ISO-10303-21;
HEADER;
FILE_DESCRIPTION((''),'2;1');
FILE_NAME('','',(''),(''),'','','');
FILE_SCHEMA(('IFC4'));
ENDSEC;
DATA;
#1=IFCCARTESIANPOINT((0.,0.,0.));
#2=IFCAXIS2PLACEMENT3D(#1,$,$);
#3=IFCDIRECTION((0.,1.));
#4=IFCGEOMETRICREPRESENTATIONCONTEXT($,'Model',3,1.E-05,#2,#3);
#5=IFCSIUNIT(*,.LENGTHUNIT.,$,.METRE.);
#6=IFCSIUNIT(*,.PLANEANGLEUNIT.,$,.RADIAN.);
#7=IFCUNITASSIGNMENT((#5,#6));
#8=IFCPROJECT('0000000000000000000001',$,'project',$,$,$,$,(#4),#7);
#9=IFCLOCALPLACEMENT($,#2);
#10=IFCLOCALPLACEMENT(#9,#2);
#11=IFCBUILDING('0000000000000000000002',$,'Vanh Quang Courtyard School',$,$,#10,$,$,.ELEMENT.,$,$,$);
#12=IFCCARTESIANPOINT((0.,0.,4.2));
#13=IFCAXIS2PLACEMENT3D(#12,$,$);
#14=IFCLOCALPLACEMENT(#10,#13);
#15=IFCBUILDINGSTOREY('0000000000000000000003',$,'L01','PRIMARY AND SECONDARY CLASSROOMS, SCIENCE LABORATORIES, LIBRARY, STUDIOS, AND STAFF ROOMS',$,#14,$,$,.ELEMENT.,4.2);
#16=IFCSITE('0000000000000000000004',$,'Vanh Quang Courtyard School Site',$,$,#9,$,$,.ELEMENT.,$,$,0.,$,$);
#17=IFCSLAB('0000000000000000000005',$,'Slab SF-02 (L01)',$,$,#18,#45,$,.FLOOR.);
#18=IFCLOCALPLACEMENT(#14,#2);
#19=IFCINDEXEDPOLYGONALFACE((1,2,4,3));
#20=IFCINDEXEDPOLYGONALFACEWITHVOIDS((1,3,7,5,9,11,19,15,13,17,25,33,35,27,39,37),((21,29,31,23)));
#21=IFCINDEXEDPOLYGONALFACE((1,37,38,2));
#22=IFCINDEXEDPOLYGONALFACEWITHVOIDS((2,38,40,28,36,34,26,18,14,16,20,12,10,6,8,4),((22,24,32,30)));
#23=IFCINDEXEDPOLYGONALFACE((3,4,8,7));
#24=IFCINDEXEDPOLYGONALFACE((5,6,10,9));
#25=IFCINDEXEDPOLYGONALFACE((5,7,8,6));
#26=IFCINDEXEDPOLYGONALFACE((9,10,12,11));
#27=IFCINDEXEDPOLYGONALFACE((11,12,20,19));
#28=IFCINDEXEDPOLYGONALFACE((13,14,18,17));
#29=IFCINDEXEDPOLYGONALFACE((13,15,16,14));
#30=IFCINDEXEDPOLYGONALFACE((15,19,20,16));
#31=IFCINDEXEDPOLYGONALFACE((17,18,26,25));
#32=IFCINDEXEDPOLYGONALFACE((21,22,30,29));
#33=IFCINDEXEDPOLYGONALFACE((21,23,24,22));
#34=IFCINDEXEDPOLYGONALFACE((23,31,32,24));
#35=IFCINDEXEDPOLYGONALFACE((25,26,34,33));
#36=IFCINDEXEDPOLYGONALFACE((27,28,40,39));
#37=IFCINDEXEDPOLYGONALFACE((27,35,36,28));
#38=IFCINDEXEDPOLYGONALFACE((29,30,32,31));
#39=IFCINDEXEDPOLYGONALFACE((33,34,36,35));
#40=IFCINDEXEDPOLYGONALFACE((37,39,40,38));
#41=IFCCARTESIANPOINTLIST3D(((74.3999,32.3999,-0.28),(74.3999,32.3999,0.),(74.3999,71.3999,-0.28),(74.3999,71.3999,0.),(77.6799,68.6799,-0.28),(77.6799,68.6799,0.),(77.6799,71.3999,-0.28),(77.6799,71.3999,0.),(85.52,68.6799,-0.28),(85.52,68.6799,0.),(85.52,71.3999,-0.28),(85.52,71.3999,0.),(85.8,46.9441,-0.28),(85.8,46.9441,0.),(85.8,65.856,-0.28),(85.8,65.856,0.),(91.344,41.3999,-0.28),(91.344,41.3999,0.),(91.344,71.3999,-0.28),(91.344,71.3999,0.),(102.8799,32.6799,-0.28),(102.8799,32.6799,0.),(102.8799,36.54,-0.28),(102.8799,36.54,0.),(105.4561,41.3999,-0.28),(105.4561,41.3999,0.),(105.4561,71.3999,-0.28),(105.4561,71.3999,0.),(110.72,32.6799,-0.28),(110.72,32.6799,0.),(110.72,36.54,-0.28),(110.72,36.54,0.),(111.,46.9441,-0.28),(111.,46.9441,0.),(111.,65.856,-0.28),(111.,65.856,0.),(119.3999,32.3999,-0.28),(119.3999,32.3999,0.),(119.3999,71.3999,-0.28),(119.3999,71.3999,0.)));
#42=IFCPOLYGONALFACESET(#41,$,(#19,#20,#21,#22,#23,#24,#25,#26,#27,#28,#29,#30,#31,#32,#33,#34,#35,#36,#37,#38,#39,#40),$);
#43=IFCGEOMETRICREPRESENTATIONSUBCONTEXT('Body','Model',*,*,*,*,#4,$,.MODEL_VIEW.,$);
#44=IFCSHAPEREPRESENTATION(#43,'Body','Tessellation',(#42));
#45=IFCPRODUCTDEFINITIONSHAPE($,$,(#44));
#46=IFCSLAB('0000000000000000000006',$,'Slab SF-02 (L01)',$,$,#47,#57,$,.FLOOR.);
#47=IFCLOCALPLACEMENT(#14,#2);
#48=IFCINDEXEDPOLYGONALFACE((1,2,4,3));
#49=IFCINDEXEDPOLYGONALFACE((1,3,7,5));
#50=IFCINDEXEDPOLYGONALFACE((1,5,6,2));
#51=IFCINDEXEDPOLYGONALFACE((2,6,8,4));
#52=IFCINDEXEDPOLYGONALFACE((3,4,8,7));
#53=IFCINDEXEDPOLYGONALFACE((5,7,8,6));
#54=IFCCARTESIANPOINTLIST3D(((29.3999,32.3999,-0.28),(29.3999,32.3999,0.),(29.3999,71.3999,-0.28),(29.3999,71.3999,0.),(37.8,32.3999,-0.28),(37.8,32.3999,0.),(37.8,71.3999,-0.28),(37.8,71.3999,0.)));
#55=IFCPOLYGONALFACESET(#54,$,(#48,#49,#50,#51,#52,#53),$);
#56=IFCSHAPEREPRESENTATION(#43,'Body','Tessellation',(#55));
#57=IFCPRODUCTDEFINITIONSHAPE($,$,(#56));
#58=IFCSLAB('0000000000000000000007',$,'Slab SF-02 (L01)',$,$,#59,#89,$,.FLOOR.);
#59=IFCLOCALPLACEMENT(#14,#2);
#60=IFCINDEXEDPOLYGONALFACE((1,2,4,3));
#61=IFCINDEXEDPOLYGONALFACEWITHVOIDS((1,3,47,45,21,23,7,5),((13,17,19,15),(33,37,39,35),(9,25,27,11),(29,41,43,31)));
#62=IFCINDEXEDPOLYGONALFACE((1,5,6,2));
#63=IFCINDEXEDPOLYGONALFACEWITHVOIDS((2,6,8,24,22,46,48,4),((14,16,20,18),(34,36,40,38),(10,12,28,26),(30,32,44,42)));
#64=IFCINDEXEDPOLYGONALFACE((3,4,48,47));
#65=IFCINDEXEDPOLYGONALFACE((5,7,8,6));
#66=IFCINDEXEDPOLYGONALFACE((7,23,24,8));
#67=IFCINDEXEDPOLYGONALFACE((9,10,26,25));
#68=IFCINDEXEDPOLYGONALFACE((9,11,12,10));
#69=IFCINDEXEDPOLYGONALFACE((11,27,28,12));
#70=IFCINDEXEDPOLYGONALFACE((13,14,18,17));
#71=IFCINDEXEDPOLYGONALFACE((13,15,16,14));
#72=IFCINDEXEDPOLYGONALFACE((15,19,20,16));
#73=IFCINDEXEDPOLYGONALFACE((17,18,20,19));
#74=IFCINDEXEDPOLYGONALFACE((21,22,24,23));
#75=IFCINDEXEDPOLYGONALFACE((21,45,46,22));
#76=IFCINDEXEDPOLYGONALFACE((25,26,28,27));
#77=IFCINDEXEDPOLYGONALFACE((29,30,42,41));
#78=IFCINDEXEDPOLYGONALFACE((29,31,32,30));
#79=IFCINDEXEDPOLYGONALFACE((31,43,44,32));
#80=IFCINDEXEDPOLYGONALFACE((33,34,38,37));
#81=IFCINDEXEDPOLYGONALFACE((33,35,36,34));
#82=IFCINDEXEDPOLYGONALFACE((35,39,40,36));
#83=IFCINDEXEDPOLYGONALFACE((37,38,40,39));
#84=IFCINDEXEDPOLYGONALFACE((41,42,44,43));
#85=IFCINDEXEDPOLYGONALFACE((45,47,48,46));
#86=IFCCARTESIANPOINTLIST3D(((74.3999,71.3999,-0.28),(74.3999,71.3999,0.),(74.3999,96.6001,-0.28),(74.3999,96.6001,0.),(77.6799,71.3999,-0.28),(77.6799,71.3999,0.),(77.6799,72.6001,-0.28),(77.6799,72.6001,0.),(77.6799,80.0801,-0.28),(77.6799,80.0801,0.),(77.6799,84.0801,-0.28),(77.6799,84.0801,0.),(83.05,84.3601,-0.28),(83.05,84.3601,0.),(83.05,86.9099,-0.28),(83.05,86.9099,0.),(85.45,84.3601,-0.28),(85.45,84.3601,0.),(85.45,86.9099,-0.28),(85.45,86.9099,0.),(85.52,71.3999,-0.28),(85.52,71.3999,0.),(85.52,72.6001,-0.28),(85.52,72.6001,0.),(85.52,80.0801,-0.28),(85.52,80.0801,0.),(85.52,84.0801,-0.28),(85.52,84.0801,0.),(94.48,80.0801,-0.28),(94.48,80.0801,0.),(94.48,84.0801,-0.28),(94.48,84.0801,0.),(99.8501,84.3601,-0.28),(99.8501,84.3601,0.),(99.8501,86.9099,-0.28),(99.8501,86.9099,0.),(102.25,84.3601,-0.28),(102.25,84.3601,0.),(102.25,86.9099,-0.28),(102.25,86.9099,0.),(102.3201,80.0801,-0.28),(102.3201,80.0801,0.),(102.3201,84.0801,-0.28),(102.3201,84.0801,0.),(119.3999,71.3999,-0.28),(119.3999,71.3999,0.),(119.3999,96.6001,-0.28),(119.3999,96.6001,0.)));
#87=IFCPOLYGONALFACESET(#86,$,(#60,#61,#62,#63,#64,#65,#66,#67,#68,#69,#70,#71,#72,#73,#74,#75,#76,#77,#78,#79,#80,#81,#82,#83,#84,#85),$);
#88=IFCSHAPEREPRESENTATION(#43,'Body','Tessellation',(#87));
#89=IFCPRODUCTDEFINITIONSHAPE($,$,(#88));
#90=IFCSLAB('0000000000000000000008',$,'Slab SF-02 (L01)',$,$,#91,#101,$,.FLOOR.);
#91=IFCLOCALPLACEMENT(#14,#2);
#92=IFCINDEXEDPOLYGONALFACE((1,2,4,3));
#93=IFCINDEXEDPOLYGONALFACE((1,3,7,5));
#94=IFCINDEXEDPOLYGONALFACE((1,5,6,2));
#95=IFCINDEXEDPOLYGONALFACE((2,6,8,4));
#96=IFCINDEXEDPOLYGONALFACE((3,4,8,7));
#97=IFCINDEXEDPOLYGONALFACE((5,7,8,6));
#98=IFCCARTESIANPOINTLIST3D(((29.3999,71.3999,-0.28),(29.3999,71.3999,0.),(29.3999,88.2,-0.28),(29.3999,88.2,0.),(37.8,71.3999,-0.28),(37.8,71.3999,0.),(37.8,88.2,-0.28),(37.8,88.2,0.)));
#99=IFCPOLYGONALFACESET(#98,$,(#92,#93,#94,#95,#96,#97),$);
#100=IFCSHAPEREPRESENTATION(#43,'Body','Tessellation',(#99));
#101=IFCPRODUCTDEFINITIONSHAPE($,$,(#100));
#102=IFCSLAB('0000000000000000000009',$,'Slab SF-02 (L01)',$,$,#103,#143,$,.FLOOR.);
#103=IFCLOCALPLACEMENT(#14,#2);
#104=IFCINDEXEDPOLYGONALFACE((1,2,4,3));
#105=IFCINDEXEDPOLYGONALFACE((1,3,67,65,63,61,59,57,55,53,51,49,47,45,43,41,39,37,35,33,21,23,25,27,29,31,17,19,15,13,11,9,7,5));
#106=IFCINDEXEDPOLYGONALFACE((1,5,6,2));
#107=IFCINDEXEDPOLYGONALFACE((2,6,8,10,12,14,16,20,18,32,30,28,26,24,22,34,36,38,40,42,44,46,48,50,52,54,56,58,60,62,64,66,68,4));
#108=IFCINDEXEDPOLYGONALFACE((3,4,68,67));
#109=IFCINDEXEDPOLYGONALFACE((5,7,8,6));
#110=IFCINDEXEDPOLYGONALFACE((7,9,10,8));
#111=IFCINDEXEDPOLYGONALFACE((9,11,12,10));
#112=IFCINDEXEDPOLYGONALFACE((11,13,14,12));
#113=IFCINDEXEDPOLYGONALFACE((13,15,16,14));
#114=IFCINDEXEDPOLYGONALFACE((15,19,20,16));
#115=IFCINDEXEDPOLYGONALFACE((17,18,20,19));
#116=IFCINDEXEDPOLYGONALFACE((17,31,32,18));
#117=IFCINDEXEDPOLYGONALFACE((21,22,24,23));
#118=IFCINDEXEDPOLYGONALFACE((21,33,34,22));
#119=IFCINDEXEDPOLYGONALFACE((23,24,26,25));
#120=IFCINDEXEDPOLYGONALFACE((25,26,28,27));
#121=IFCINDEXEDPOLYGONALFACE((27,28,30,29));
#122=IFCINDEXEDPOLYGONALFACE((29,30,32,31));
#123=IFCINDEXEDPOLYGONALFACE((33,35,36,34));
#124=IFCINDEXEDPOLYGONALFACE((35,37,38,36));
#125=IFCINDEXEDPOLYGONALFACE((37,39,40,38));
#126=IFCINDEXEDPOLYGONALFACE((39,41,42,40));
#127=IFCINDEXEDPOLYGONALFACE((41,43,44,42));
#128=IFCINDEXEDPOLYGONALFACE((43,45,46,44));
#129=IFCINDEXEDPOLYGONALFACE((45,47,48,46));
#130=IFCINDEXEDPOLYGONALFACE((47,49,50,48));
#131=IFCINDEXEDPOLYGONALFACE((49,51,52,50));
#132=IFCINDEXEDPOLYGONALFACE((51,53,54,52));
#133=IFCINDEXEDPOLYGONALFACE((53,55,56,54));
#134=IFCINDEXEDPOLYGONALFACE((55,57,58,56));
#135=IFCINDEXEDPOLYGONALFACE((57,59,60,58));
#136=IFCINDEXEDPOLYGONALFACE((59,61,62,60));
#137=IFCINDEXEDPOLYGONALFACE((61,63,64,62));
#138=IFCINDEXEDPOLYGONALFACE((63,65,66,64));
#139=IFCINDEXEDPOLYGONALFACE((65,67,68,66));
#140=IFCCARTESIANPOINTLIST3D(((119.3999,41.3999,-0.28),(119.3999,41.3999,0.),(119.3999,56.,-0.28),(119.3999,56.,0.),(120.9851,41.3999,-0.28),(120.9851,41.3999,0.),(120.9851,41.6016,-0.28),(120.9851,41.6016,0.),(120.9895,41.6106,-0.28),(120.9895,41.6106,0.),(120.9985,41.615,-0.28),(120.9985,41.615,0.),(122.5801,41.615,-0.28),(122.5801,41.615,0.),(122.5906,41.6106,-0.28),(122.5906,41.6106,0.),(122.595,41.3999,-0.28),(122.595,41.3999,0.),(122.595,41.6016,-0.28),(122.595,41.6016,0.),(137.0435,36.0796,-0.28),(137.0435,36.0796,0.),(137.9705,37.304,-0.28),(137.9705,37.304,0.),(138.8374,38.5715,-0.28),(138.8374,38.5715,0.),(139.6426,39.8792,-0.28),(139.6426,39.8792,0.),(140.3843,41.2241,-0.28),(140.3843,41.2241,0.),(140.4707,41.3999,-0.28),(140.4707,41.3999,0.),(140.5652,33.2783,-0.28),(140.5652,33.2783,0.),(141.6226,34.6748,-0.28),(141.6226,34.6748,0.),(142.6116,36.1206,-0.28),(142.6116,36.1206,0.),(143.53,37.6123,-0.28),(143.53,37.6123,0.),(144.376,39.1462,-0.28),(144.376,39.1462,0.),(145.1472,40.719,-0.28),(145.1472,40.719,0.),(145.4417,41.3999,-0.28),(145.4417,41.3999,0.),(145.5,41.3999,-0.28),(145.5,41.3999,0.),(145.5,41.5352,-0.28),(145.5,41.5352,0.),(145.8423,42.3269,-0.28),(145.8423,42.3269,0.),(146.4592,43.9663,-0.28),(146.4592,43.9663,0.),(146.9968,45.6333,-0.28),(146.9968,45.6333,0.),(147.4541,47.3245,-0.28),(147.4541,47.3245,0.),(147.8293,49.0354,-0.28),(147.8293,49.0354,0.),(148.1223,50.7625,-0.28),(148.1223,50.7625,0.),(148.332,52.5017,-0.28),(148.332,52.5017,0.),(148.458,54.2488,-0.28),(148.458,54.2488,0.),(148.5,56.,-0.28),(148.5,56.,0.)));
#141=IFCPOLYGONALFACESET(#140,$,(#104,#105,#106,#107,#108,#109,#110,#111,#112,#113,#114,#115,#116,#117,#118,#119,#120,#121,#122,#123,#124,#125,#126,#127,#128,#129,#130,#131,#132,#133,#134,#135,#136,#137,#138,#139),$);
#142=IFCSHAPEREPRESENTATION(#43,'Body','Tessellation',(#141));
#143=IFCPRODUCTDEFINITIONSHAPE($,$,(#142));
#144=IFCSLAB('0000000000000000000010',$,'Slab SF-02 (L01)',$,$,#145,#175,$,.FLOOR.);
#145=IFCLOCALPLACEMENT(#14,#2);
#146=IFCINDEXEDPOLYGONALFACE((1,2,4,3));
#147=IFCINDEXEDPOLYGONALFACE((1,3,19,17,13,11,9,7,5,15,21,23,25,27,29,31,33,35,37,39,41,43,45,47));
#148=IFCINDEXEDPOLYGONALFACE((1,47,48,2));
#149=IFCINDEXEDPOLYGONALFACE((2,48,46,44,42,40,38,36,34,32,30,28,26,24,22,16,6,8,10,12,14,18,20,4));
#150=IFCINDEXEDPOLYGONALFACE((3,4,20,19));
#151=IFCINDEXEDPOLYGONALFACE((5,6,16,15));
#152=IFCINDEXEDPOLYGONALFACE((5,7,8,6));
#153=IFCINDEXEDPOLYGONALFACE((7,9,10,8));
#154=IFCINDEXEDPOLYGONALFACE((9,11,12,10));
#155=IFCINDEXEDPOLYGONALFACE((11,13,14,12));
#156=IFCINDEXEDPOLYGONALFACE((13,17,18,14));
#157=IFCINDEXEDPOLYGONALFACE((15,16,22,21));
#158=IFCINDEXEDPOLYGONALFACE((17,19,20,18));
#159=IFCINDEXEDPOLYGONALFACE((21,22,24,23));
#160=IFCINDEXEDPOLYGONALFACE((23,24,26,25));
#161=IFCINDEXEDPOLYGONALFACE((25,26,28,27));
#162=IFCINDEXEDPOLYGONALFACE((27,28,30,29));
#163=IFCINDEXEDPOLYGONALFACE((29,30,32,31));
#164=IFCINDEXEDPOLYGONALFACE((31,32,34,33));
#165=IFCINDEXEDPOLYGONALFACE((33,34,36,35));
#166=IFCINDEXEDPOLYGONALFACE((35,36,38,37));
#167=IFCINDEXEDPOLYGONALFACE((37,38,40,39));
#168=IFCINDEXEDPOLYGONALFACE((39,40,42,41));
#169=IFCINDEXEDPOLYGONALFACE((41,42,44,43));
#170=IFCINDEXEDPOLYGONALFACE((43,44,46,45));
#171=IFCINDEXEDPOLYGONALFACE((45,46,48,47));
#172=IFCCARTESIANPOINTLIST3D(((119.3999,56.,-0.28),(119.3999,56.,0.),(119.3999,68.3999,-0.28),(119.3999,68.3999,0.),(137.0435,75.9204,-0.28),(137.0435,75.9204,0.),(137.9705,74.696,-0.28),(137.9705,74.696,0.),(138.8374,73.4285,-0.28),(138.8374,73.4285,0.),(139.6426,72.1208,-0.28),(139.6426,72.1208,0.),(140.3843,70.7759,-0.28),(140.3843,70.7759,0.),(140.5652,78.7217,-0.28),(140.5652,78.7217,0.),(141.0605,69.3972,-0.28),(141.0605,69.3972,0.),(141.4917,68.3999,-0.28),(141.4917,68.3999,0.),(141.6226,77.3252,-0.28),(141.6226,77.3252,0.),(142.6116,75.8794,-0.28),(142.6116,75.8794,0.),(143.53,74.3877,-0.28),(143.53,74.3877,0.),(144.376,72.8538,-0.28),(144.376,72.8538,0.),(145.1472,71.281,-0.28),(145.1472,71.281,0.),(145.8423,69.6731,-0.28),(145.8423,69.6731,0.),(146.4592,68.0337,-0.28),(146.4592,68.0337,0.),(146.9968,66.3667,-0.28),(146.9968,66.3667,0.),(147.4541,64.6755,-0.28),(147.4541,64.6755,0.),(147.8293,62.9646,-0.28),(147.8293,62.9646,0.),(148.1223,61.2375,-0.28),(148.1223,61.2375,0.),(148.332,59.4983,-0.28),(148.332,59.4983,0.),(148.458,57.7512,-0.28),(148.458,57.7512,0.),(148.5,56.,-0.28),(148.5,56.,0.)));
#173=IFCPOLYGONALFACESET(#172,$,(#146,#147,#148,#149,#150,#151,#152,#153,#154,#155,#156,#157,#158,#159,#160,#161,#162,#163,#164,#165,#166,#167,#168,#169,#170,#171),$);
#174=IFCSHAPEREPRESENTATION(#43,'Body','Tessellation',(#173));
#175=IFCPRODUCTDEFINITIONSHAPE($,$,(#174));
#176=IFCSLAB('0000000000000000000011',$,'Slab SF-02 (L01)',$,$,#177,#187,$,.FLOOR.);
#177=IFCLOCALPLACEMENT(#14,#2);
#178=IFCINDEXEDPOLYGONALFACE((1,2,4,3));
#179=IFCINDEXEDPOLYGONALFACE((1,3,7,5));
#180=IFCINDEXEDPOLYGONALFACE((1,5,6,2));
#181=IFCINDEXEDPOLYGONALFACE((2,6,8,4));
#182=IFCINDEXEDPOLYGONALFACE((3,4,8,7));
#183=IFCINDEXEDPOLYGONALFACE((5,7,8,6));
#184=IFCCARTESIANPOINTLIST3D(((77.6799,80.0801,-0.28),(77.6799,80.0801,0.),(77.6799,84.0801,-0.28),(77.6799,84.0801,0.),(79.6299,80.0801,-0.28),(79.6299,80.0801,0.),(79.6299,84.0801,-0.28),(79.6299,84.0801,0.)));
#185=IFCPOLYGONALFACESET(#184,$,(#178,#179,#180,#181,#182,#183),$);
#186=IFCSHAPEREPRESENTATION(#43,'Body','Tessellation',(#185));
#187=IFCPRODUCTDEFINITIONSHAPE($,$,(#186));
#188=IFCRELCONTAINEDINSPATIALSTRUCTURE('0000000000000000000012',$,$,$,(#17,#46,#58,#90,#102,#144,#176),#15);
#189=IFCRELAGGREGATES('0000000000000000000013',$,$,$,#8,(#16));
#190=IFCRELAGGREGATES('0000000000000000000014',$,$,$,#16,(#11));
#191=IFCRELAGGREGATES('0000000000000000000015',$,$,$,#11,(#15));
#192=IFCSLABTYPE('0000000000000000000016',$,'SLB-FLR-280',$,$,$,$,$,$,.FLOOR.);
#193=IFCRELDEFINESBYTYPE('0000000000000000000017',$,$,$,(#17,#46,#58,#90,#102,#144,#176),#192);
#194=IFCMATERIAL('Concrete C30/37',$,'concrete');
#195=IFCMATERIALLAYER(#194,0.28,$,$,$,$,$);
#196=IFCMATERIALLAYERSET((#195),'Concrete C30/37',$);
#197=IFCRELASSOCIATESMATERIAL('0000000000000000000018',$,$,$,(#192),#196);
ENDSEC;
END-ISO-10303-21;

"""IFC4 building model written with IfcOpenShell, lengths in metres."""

from ifc_helpers import new_model, si_unit, direction, frame, origin, place, context, subcontext, project, spatial, polyline, outline, extrude, material, layer, layer_set, type_object, element, save


model = new_model("IFC4")

# Units and contexts
model_context = context("Model", 3, precision=1e-05, world=origin(), true_north=direction((0.0, 1.0)))
body_context = subcontext(model_context, "Body", "Model", "MODEL_VIEW")
ifc_project = project(units=[si_unit("LENGTHUNIT", "METRE"), si_unit("PLANEANGLEUNIT", "RADIAN")], contexts=[model_context])

# Site, building, storey
site_placement = place(None, origin())
site = spatial("IfcSite", under=ifc_project, at=site_placement, Name="Vanh Quang Courtyard School Site", CompositionType="ELEMENT", RefElevation=0.0)
building_placement = place(site_placement, origin())
building = spatial("IfcBuilding", under=site, at=building_placement, Name="Vanh Quang Courtyard School", CompositionType="ELEMENT")
storey_placement = place(building_placement, frame((0.0, 0.0, 4.2)))
storey = spatial("IfcBuildingStorey", under=building, at=storey_placement, Name="L01", Description="PRIMARY AND SECONDARY CLASSROOMS, SCIENCE LABORATORIES, LIBRARY, STUDIOS, AND STAFF ROOMS", CompositionType="ELEMENT", Elevation=4.2)

# Slabs
ifc_material_1 = material(Name="Concrete C30/37", Category="concrete")
ifc_layer_1 = layer(ifc_material_1, 0.28)
ifc_layer_set_1 = layer_set([ifc_layer_1], Name="Concrete C30/37")
slab_type_1 = type_object("IfcSlabType", Name="SLB-FLR-280", PredefinedType="FLOOR", material=ifc_layer_set_1)
slab_1_placement = place(storey_placement, frame((0.0, 0.0, -0.28)))
element("IfcSlab", 1, at=slab_1_placement, inside=storey, type_object=slab_type_1, Name="Slab SF-02 (L01)", PredefinedType="FLOOR", context=body_context, shape_type="SweptSolid", body=[
    extrude(outline(polyline([(74.3999, 32.3999), (119.3999, 32.3999), (119.3999, 71.3999), (105.4561, 71.3999), (111.0, 65.856), (111.0, 46.9441), (105.4561, 41.3999), (91.344, 41.3999), (85.8, 46.9441), (85.8, 65.856), (91.344, 71.3999), (85.52, 71.3999), (85.52, 68.6799), (77.6799, 68.6799), (77.6799, 71.3999), (74.3999, 71.3999), (74.3999, 32.3999)]), holes=[polyline([(110.72, 32.6799), (102.8799, 32.6799), (102.8799, 36.54), (110.72, 36.54), (110.72, 32.6799)])]), origin(), (0.0, 0.0, 1.0), 0.28),
])
slab_2_placement = place(storey_placement, frame((0.0, 0.0, -0.28)))
element("IfcSlab", 2, at=slab_2_placement, inside=storey, type_object=slab_type_1, Name="Slab SF-02 (L01)", PredefinedType="FLOOR", context=body_context, shape_type="SweptSolid", body=[
    extrude(outline(polyline([(29.3999, 71.3999), (29.3999, 32.3999), (37.8, 32.3999), (37.8, 71.3999), (29.3999, 71.3999)])), origin(), (0.0, 0.0, 1.0), 0.28),
])
slab_3_placement = place(storey_placement, frame((0.0, 0.0, -0.28)))
element("IfcSlab", 3, at=slab_3_placement, inside=storey, type_object=slab_type_1, Name="Slab SF-02 (L01)", PredefinedType="FLOOR", context=body_context, shape_type="SweptSolid", body=[
    extrude(outline(polyline([(77.6799, 71.3999), (77.6799, 72.6001), (85.52, 72.6001), (85.52, 71.3999), (119.3999, 71.3999), (119.3999, 96.6001), (74.3999, 96.6001), (74.3999, 71.3999), (77.6799, 71.3999)]), holes=[polyline([(85.52, 84.0801), (85.52, 80.0801), (77.6799, 80.0801), (77.6799, 84.0801), (85.52, 84.0801)]), polyline([(85.45, 84.3601), (83.05, 84.3601), (83.05, 86.9099), (85.45, 86.9099), (85.45, 84.3601)]), polyline([(102.3201, 80.0801), (94.48, 80.0801), (94.48, 84.0801), (102.3201, 84.0801), (102.3201, 80.0801)]), polyline([(102.25, 84.3601), (99.8501, 84.3601), (99.8501, 86.9099), (102.25, 86.9099), (102.25, 84.3601)])]), origin(), (0.0, 0.0, 1.0), 0.28),
])
slab_4_placement = place(storey_placement, frame((0.0, 0.0, -0.28)))
element("IfcSlab", 4, at=slab_4_placement, inside=storey, type_object=slab_type_1, Name="Slab SF-02 (L01)", PredefinedType="FLOOR", context=body_context, shape_type="SweptSolid", body=[
    extrude(outline(polyline([(37.8, 88.2), (29.3999, 88.2), (29.3999, 71.3999), (37.8, 71.3999), (37.8, 88.2)])), origin(), (0.0, 0.0, 1.0), 0.28),
])
slab_5_placement = place(storey_placement, frame((0.0, 0.0, -0.28)))
element("IfcSlab", 5, at=slab_5_placement, inside=storey, type_object=slab_type_1, Name="Slab SF-02 (L01)", PredefinedType="FLOOR", context=body_context, shape_type="SweptSolid", body=[
    extrude(outline(polyline([(145.1472, 40.719), (145.4417, 41.3999), (145.5, 41.3999), (145.5, 41.5352), (145.8423, 42.3269), (146.4592, 43.9663), (146.9968, 45.6333), (147.4541, 47.3245), (147.8293, 49.0354), (148.1223, 50.7625), (148.332, 52.5017), (148.458, 54.2488), (148.5, 56.0), (119.3999, 56.0), (119.3999, 41.3999), (120.9851, 41.3999), (120.9851, 41.6016), (120.9895, 41.6106), (120.9985, 41.615), (122.5801, 41.615), (122.5906, 41.6106), (122.595, 41.6016), (122.595, 41.3999), (140.4707, 41.3999), (140.3843, 41.2241), (139.6426, 39.8792), (138.8374, 38.5715), (137.9705, 37.304), (137.0435, 36.0796), (140.5652, 33.2783), (141.6226, 34.6748), (142.6116, 36.1206), (143.53, 37.6123), (144.376, 39.1462), (145.1472, 40.719)])), origin(), (0.0, 0.0, 1.0), 0.28),
])
slab_6_placement = place(storey_placement, frame((0.0, 0.0, -0.28)))
element("IfcSlab", 6, at=slab_6_placement, inside=storey, type_object=slab_type_1, Name="Slab SF-02 (L01)", PredefinedType="FLOOR", context=body_context, shape_type="SweptSolid", body=[
    extrude(outline(polyline([(119.3999, 56.0), (148.5, 56.0), (148.458, 57.7512), (148.332, 59.4983), (148.1223, 61.2375), (147.8293, 62.9646), (147.4541, 64.6755), (146.9968, 66.3667), (146.4592, 68.0337), (145.8423, 69.6731), (145.1472, 71.281), (144.376, 72.8538), (143.53, 74.3877), (142.6116, 75.8794), (141.6226, 77.3252), (140.5652, 78.7217), (137.0435, 75.9204), (137.9705, 74.696), (138.8374, 73.4285), (139.6426, 72.1208), (140.3843, 70.7759), (141.0605, 69.3972), (141.4917, 68.3999), (119.3999, 68.3999), (119.3999, 56.0)])), origin(), (0.0, 0.0, 1.0), 0.28),
])
slab_7_placement = place(storey_placement, frame((0.0, 0.0, -0.28)))
element("IfcSlab", 7, at=slab_7_placement, inside=storey, type_object=slab_type_1, Name="Slab SF-02 (L01)", PredefinedType="FLOOR", context=body_context, shape_type="SweptSolid", body=[
    extrude(outline(polyline([(79.6299, 80.0801), (77.6799, 80.0801), (77.6799, 84.0801), (79.6299, 84.0801), (79.6299, 80.0801)])), origin(), (0.0, 0.0, 1.0), 0.28),
])

save(model, "model.ifc")
